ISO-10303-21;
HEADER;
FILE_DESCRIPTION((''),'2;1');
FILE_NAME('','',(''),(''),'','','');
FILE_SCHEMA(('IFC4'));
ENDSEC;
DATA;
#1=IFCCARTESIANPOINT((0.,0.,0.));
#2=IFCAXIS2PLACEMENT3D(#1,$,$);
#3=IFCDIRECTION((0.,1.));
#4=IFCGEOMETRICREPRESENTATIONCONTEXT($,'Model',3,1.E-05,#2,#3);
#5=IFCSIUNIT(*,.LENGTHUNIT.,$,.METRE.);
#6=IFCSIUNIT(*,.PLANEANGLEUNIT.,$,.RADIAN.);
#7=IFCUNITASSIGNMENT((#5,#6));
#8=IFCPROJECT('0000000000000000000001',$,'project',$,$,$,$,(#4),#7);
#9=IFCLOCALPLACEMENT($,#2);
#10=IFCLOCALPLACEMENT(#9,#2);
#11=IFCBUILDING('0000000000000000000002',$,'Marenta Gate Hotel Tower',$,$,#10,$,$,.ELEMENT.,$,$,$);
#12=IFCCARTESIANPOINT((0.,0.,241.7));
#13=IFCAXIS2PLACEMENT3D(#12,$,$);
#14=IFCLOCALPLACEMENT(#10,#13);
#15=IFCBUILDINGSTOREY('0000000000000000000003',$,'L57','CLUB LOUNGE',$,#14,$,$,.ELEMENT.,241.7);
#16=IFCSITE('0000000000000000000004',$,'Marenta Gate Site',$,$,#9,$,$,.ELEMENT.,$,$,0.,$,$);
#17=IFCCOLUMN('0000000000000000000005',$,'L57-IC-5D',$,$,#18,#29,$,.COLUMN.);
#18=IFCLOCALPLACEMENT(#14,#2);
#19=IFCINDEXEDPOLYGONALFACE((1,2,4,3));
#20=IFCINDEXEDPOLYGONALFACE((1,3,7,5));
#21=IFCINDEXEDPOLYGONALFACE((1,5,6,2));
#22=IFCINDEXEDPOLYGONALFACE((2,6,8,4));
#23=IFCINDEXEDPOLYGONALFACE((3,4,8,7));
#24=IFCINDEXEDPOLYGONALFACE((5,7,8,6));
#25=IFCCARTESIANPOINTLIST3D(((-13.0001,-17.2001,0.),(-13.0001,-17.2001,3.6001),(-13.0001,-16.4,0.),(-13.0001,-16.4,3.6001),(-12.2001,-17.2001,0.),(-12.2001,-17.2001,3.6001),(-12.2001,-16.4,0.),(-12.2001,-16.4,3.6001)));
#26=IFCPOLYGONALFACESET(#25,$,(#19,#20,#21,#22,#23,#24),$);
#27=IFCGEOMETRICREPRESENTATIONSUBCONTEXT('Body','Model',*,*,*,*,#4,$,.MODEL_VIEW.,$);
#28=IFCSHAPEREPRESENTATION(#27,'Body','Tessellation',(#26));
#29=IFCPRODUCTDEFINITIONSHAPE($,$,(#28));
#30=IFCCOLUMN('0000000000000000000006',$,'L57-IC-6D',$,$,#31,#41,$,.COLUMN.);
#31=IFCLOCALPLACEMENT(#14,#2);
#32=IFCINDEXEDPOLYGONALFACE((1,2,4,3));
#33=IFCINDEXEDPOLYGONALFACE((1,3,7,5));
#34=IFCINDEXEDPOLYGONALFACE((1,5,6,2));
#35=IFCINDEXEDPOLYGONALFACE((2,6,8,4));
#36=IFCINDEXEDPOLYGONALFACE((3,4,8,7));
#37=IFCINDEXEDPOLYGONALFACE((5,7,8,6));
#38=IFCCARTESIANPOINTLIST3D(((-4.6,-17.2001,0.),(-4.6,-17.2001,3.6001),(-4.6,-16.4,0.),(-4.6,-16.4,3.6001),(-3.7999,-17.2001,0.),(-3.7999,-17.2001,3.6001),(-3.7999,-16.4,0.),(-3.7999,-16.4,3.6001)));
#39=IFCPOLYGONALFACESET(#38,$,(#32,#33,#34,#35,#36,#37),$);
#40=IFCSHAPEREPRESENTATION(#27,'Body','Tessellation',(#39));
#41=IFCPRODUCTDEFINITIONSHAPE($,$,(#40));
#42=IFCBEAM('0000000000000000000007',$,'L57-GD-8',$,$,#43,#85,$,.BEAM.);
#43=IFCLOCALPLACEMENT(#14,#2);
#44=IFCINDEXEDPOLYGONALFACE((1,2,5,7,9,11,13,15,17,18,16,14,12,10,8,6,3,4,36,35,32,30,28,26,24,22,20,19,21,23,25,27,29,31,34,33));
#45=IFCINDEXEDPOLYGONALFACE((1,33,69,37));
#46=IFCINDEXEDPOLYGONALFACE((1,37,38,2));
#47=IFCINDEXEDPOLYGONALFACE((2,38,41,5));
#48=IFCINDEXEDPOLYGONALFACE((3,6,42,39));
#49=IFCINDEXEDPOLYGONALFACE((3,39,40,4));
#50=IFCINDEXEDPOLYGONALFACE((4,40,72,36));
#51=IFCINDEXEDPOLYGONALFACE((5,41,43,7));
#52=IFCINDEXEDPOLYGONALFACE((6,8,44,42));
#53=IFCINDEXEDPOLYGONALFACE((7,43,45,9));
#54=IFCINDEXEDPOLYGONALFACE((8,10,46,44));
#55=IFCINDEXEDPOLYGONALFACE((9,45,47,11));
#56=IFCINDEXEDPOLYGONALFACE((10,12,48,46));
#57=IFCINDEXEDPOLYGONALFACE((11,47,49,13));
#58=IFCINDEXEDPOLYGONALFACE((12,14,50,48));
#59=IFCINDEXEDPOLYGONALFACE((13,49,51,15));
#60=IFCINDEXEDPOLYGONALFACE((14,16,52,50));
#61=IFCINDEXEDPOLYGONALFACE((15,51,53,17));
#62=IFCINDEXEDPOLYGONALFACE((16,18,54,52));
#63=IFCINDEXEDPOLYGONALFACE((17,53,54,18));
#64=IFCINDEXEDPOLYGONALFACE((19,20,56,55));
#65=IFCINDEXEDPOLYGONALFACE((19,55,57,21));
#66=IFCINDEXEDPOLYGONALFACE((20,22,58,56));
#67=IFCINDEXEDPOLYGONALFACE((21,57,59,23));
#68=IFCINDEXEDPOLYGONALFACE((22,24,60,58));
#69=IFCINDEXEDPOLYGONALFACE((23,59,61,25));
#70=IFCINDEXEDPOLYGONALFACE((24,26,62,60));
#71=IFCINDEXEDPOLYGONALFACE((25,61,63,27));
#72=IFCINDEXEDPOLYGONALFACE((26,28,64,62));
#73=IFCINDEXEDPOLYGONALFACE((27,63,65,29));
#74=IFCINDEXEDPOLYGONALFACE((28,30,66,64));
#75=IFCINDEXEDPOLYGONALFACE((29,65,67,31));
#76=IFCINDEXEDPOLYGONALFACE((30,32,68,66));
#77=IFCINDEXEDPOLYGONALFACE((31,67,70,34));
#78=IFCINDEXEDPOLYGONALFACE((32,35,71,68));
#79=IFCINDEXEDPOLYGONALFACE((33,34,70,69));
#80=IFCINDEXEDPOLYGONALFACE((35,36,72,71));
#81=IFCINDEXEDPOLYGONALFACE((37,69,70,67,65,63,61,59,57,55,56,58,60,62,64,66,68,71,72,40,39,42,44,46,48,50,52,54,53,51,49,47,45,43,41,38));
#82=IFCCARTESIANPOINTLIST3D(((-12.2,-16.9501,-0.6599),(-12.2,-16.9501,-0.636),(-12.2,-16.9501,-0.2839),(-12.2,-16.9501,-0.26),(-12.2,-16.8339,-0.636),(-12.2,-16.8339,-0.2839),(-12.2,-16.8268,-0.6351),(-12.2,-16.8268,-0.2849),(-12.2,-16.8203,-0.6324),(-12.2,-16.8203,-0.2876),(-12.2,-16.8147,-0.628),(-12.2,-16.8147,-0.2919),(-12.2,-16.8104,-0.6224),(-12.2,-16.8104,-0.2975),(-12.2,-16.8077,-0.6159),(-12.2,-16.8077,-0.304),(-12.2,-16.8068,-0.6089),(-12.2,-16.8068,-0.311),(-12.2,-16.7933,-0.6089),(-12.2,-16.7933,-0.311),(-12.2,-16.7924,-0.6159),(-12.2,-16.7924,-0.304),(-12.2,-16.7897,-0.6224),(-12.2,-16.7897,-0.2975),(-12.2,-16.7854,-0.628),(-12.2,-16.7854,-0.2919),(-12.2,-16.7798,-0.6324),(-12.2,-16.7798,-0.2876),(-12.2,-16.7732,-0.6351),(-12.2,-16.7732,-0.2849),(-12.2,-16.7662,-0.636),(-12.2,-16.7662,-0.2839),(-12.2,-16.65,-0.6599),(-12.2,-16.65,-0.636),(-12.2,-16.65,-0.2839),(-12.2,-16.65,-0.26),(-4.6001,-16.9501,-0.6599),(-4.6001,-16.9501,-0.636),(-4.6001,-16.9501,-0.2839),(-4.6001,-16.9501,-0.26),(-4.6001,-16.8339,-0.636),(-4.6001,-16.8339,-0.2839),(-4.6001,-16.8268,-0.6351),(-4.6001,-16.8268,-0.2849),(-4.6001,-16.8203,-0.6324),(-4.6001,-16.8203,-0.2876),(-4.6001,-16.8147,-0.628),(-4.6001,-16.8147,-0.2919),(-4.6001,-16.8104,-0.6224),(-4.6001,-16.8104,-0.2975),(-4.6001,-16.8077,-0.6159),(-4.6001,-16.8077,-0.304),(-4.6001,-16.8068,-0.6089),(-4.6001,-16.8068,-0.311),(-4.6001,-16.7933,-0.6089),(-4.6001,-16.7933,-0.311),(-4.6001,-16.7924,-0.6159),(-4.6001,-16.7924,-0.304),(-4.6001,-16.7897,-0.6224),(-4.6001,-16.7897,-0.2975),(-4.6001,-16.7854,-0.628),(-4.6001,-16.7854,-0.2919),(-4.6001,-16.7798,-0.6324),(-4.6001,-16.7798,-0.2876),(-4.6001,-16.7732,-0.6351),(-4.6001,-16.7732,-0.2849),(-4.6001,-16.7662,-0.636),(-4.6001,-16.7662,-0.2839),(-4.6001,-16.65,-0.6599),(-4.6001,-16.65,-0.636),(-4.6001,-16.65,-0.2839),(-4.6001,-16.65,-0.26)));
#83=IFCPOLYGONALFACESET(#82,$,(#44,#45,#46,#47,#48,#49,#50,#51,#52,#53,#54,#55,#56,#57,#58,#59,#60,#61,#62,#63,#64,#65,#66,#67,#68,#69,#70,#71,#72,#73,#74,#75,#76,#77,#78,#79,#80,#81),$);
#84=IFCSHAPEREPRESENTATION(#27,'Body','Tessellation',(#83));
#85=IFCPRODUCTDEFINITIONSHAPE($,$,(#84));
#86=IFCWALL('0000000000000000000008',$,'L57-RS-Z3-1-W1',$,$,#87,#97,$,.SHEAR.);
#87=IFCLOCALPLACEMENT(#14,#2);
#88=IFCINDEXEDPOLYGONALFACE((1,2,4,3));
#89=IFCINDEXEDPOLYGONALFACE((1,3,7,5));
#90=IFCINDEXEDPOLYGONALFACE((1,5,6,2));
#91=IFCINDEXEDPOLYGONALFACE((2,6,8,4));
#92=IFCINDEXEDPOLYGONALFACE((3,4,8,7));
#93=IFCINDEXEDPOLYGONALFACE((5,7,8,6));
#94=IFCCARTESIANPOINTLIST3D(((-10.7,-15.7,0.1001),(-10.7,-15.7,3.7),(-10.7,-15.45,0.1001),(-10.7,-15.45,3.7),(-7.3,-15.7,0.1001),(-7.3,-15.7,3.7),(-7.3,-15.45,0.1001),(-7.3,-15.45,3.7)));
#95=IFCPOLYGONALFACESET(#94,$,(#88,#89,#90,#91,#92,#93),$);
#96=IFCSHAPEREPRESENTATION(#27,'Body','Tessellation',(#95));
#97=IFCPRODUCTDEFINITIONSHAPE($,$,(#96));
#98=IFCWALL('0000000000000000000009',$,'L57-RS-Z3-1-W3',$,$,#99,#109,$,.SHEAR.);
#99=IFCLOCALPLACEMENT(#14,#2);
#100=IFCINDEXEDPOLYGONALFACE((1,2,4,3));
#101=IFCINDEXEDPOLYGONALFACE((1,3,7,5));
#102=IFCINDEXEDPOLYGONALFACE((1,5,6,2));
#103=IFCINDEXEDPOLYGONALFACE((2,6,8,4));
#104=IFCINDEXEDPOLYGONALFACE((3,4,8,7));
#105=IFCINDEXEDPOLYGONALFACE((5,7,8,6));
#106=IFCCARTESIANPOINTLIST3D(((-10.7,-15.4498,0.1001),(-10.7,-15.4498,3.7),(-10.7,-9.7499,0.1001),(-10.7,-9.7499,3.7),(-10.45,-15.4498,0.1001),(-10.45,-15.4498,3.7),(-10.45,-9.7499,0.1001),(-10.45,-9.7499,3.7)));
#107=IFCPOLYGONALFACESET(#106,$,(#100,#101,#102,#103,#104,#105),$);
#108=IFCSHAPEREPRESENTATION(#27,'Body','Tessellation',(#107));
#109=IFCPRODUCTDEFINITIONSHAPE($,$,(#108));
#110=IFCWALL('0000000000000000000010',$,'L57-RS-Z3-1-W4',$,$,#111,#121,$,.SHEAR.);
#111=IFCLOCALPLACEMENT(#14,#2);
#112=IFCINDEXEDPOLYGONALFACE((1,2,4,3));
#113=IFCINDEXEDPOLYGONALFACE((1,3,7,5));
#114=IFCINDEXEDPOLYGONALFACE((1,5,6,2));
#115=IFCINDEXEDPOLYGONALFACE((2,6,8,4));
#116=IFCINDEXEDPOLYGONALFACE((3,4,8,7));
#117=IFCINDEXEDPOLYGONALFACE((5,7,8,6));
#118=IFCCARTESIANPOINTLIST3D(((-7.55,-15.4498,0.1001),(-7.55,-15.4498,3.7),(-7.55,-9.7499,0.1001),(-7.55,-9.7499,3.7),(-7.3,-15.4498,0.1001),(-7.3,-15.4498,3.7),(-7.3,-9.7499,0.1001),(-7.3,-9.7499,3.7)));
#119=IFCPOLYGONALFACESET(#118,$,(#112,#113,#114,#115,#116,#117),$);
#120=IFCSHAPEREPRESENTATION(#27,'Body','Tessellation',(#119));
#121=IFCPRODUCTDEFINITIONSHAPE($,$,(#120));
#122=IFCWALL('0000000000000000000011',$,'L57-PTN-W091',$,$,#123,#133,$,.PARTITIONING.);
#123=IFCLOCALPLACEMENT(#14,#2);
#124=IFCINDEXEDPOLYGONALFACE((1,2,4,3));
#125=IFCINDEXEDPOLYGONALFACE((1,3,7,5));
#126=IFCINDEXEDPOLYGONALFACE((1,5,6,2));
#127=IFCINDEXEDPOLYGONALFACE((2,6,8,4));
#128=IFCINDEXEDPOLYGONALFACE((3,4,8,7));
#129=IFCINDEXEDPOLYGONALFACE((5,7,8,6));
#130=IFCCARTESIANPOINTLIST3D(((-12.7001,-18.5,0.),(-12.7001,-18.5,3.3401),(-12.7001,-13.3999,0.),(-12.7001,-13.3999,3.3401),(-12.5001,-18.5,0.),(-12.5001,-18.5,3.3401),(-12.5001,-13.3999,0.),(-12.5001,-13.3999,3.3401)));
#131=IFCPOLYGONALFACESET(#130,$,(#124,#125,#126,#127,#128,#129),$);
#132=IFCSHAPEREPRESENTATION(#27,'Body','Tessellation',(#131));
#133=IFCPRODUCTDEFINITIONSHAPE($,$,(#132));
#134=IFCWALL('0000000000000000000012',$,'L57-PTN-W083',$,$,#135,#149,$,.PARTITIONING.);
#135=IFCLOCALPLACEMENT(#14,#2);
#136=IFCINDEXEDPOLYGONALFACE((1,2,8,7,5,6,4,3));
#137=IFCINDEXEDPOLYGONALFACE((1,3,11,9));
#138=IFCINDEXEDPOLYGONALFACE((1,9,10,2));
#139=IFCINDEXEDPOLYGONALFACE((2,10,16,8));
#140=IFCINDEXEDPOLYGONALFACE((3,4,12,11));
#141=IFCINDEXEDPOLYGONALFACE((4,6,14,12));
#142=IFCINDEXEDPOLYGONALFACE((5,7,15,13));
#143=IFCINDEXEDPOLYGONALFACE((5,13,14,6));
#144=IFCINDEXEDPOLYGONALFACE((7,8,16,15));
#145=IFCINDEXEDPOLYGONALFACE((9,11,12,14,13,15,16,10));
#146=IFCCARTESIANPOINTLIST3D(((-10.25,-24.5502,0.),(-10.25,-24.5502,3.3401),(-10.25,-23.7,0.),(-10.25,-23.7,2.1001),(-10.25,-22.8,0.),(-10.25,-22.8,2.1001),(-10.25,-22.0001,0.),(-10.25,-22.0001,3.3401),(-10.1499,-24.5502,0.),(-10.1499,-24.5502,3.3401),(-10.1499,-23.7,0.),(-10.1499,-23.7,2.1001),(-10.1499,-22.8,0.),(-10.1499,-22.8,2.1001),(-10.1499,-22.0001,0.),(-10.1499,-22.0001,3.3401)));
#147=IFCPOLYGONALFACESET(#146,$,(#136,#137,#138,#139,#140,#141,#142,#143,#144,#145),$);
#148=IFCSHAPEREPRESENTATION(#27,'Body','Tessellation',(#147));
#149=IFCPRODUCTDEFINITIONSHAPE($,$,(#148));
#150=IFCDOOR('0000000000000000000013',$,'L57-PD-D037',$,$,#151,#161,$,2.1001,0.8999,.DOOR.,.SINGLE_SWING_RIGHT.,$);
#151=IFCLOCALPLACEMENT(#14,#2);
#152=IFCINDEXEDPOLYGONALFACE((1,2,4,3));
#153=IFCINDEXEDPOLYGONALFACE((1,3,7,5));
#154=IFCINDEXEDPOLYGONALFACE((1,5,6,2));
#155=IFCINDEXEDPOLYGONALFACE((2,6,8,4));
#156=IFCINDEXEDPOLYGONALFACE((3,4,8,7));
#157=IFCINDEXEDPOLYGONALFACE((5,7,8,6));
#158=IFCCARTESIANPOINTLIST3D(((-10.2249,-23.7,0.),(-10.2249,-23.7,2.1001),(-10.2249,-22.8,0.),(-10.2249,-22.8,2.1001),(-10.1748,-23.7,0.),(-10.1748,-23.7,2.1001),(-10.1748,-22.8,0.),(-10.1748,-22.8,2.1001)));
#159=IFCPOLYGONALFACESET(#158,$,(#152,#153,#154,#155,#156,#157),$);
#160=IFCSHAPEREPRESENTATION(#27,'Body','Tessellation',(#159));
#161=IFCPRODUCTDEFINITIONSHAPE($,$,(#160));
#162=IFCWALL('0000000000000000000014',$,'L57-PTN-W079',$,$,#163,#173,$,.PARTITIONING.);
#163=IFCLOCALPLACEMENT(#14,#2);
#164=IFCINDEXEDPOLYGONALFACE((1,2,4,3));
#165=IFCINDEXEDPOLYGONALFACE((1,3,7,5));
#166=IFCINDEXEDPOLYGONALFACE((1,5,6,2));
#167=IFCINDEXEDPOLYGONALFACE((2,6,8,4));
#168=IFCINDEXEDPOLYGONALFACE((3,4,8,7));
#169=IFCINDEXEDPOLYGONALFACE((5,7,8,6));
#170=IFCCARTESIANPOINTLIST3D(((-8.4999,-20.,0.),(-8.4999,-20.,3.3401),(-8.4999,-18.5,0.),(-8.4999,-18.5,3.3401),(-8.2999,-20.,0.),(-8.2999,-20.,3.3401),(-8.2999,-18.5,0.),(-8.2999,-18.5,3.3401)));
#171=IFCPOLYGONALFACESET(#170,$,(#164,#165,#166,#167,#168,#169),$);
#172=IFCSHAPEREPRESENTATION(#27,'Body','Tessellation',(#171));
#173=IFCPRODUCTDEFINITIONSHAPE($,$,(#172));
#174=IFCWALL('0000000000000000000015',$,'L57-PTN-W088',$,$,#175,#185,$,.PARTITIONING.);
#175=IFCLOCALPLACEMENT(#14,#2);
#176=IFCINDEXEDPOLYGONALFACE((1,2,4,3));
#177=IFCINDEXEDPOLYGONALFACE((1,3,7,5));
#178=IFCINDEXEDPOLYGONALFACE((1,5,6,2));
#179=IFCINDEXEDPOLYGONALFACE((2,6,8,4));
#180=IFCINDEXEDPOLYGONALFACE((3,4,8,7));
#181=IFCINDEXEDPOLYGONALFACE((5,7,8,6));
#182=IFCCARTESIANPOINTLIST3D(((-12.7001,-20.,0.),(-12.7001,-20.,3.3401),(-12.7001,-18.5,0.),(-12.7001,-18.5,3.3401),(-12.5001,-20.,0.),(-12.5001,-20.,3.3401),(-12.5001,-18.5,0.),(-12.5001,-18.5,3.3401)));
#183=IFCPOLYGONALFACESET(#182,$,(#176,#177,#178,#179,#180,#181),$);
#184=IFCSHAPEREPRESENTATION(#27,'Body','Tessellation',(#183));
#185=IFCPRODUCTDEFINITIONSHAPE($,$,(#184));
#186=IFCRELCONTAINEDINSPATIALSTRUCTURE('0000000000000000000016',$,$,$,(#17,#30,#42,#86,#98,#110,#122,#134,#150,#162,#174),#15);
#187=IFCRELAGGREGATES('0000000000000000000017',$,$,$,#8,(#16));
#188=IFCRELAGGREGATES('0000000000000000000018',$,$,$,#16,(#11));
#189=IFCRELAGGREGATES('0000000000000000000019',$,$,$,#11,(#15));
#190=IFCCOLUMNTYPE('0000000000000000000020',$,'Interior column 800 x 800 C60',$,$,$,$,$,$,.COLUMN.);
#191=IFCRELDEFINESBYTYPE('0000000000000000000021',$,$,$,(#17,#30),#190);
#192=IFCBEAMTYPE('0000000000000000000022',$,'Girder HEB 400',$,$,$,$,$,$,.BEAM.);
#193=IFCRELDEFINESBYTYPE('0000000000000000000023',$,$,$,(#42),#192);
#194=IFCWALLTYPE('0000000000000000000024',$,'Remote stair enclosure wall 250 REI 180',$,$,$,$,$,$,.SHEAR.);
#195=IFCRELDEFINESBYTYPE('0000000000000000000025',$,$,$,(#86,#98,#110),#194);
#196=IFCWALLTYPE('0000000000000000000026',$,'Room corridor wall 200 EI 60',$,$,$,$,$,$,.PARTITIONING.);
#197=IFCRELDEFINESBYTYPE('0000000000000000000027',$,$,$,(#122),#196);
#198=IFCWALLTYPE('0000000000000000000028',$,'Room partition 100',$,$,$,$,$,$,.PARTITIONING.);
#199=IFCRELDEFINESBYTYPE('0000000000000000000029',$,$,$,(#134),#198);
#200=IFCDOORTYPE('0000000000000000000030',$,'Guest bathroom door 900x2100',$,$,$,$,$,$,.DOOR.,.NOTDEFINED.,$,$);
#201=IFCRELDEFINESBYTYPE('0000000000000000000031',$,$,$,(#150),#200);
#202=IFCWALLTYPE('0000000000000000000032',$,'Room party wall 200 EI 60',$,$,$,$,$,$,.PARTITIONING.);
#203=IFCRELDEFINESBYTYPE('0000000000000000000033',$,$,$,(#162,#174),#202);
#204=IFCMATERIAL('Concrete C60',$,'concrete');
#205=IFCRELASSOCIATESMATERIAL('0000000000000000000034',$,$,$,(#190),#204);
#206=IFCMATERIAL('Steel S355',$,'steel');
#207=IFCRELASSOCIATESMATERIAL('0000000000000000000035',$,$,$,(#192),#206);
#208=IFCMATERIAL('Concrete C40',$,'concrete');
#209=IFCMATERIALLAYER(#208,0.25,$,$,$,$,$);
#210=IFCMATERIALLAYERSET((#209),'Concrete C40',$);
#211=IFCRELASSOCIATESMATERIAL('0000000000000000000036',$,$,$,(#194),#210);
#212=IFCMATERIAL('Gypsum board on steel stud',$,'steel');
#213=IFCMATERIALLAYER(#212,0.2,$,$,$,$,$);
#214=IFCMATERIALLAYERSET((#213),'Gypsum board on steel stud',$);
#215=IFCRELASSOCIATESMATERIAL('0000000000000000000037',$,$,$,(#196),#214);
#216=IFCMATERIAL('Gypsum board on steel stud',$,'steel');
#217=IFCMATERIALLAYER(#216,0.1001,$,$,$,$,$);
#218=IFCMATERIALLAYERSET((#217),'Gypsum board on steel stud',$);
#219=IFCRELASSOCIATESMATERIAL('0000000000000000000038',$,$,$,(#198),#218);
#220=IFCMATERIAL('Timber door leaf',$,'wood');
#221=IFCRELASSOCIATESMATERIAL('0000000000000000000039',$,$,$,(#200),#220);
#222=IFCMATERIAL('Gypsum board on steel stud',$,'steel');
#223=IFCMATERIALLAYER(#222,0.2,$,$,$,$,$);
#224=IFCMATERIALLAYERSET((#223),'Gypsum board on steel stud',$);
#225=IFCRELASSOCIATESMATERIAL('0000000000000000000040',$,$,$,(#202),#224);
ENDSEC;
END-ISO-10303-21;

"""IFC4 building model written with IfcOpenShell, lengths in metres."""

from ifc_helpers import new_model, si_unit, direction, frame, frame_2d, origin, origin_2d, place, context, subcontext, project, spatial, rectangle, i_section, extrude, material, layer, layer_set, material_profile, profile_set, type_object, element, fill, save


model = new_model("IFC4")

# Units and contexts
model_context = context("Model", 3, precision=1e-05, world=origin(), true_north=direction((0.0, 1.0)))
body_context = subcontext(model_context, "Body", "Model", "MODEL_VIEW")
ifc_project = project(units=[si_unit("LENGTHUNIT", "METRE"), si_unit("PLANEANGLEUNIT", "RADIAN")], contexts=[model_context])

# Site, building, storey
site_placement = place(None, origin())
site = spatial("IfcSite", under=ifc_project, at=site_placement, Name="Marenta Gate Site", CompositionType="ELEMENT", RefElevation=0.0)
building_placement = place(site_placement, origin())
building = spatial("IfcBuilding", under=site, at=building_placement, Name="Marenta Gate Hotel Tower", CompositionType="ELEMENT")
storey_placement = place(building_placement, frame((0.0, 0.0, 241.7)))
storey = spatial("IfcBuildingStorey", under=building, at=storey_placement, Name="L57", Description="CLUB LOUNGE", CompositionType="ELEMENT", Elevation=241.7)

# Columns
ifc_material_1 = material(Name="Concrete C60", Category="concrete")
ifc_material_profile_1 = material_profile(ifc_material_1, rectangle(XDim=0.8, YDim=0.8, at=origin_2d()), Name="800 x 800")
ifc_profile_set_1 = profile_set([ifc_material_profile_1], Name="Concrete C60")
column_type = type_object("IfcColumnType", Name="Interior column 800 x 800 C60", PredefinedType="COLUMN", material=ifc_profile_set_1)
for number, where, z_axis, x_axis, name in (
    (1, (-12.6001, -16.8, 0.0), (0.0, 0.0, 1.0), (1.0, 0.0, 0.0), "L57-IC-5D"),
    (2, (-4.2, -16.8, 0.0), (0.0, 0.0, 1.0), (1.0, 0.0, 0.0), "L57-IC-6D"),
):
    element("IfcColumn", number, at=place(storey_placement, frame(where, z_axis=z_axis, x_axis=x_axis)), inside=storey, type_object=column_type, Name=name, PredefinedType="COLUMN", context=body_context, shape_type="SweptSolid", body=[
        extrude(rectangle(XDim=0.8, YDim=0.8, at=origin_2d()), origin(), (0.0, 0.0, 1.0), 3.6001),
    ])

# Beam
ifc_material_2 = material(Name="Steel S355", Category="steel")
ifc_material_profile_2 = material_profile(ifc_material_2, i_section(OverallWidth=0.3, OverallDepth=0.3999, WebThickness=0.0134, FlangeThickness=0.0239, FilletRadius=0.0271, at=origin_2d()), Name="HEB 400")
ifc_profile_set_2 = profile_set([ifc_material_profile_2], Name="Steel S355")
beam_type = type_object("IfcBeamType", Name="Girder HEB 400", PredefinedType="BEAM", material=ifc_profile_set_2)
beam_placement = place(storey_placement, frame((-12.2, -16.8, -0.46), z_axis=(1.0, 0.0, 0.0), x_axis=(0.0, 1.0, 0.0)))
element("IfcBeam", 3, at=beam_placement, inside=storey, type_object=beam_type, Name="L57-GD-8", PredefinedType="BEAM", context=body_context, shape_type="SweptSolid", body=[
    extrude(i_section(OverallWidth=0.3, OverallDepth=0.3999, WebThickness=0.0134, FlangeThickness=0.0239, FilletRadius=0.0271, at=origin_2d()), origin(), (0.0, 0.0, 1.0), 7.5999),
])

# Walls
ifc_material_3 = material(Name="Concrete C40", Category="concrete")
ifc_layer_1 = layer(ifc_material_3, 0.25)
ifc_layer_set_1 = layer_set([ifc_layer_1], Name="Concrete C40")
wall_type_1 = type_object("IfcWallType", Name="Remote stair enclosure wall 250 REI 180", PredefinedType="SHEAR", material=ifc_layer_set_1)
wall_1_placement = place(storey_placement, frame((-10.7, -15.575, 0.1001), z_axis=(0.0, 0.0, 1.0), x_axis=(1.0, 0.0, 0.0)))
element("IfcWall", 4, at=wall_1_placement, inside=storey, type_object=wall_type_1, Name="L57-RS-Z3-1-W1", PredefinedType="SHEAR", context=body_context, shape_type="SweptSolid", body=[
    extrude(rectangle(XDim=3.3999, YDim=0.25, at=frame_2d((1.7, 0.0))), origin(), (0.0, 0.0, 1.0), 3.5999),
])
for number, where, z_axis, x_axis, name in (
    (5, (-10.575, -15.45, 0.1001), (0.0, 0.0, 1.0), (0.0, 1.0, 0.0), "L57-RS-Z3-1-W3"),
    (6, (-7.425, -15.45, 0.1001), (0.0, 0.0, 1.0), (0.0, 1.0, 0.0), "L57-RS-Z3-1-W4"),
):
    element("IfcWall", number, at=place(storey_placement, frame(where, z_axis=z_axis, x_axis=x_axis)), inside=storey, type_object=wall_type_1, Name=name, PredefinedType="SHEAR", context=body_context, shape_type="SweptSolid", body=[
        extrude(rectangle(XDim=5.7, YDim=0.25, at=frame_2d((2.8501, 0.0))), origin(), (0.0, 0.0, 1.0), 3.5999),
    ])

# Shared definitions
ifc_material_4 = material(Name="Gypsum board on steel stud", Category="steel")
ifc_layer_2 = layer(ifc_material_4, 0.2)
ifc_layer_set_2 = layer_set([ifc_layer_2], Name="Gypsum board on steel stud")
wall_type_2 = type_object("IfcWallType", Name="Room corridor wall 200 EI 60", PredefinedType="PARTITIONING", material=ifc_layer_set_2)

# Wall
wall_2_placement = place(storey_placement, frame((-12.6001, -18.5, 0.0), z_axis=(0.0, 0.0, 1.0), x_axis=(0.0, 1.0, 0.0)))
element("IfcWall", 7, at=wall_2_placement, inside=storey, type_object=wall_type_2, Name="L57-PTN-W091", PredefinedType="PARTITIONING", context=body_context, shape_type="SweptSolid", body=[
    extrude(rectangle(XDim=5.1001, YDim=0.2, at=frame_2d((2.55, 0.0))), origin(), (0.0, 0.0, 1.0), 3.3401),
])

# Wall, opening, door
ifc_material_5 = material(Name="Gypsum board on steel stud", Category="steel")
ifc_layer_3 = layer(ifc_material_5, 0.1001)
ifc_layer_set_3 = layer_set([ifc_layer_3], Name="Gypsum board on steel stud")
wall_type_3 = type_object("IfcWallType", Name="Room partition 100", PredefinedType="PARTITIONING", material=ifc_layer_set_3)
wall_3_placement = place(storey_placement, frame((-10.2, -24.55, 0.0), z_axis=(0.0, 0.0, 1.0), x_axis=(0.0, 1.0, 0.0)))
wall_3 = element("IfcWall", 8, at=wall_3_placement, inside=storey, type_object=wall_type_3, Name="L57-PTN-W083", PredefinedType="PARTITIONING", context=body_context, shape_type="SweptSolid", body=[
    extrude(rectangle(XDim=2.55, YDim=0.1001, at=frame_2d((1.2749, 0.0))), origin(), (0.0, 0.0, 1.0), 3.3401),
])
opening_1_placement = place(wall_3_placement, frame((0.8501, 0.0, 0.0)))
opening_1 = element("IfcOpeningElement", 9, at=opening_1_placement, cuts=wall_3, PredefinedType="OPENING", context=body_context, shape_type="SweptSolid", body=[
    extrude(rectangle(XDim=0.8999, YDim=2.1001, at=frame_2d((0.45, 1.05))), frame((0.0, 0.05, 0.0), z_axis=(0.0, -1.0, 0.0), x_axis=(1.0, 0.0, 0.0)), (0.0, 0.0, 1.0), 0.1001),
])
ifc_material_6 = material(Name="Timber door leaf", Category="wood")
door_type_1 = type_object("IfcDoorType", Name="Guest bathroom door 900x2100", OperationType="NOTDEFINED", PredefinedType="DOOR", material=ifc_material_6)
door_1_placement = place(opening_1_placement, origin())
door_1 = element("IfcDoor", 10, at=door_1_placement, inside=storey, type_object=door_type_1, Name="L57-PD-D037", OperationType="SINGLE_SWING_RIGHT", OverallHeight=2.1001, OverallWidth=0.8999, PredefinedType="DOOR", context=body_context, shape_type="SweptSolid", body=[
    extrude(rectangle(XDim=0.8999, YDim=2.1001, at=frame_2d((0.45, 1.05))), frame((0.0, 0.0249, 0.0), z_axis=(0.0, -1.0, 0.0), x_axis=(1.0, 0.0, 0.0)), (0.0, 0.0, 1.0), 0.05),
])
fill(opening_1, door_1)

# Walls
ifc_material_7 = material(Name="Gypsum board on steel stud", Category="steel")
ifc_layer_4 = layer(ifc_material_7, 0.2)
ifc_layer_set_4 = layer_set([ifc_layer_4], Name="Gypsum board on steel stud")
wall_type_4 = type_object("IfcWallType", Name="Room party wall 200 EI 60", PredefinedType="PARTITIONING", material=ifc_layer_set_4)
for number, where, z_axis, x_axis, name in (
    (11, (-8.3999, -20.0, 0.0), (0.0, 0.0, 1.0), (0.0, 1.0, 0.0), "L57-PTN-W079"),
    (12, (-12.6001, -20.0, 0.0), (0.0, 0.0, 1.0), (0.0, 1.0, 0.0), "L57-PTN-W088"),
):
    element("IfcWall", number, at=place(storey_placement, frame(where, z_axis=z_axis, x_axis=x_axis)), inside=storey, type_object=wall_type_4, Name=name, PredefinedType="PARTITIONING", context=body_context, shape_type="SweptSolid", body=[
        extrude(rectangle(XDim=1.5, YDim=0.2, at=frame_2d((0.75, 0.0))), origin(), (0.0, 0.0, 1.0), 3.3401),
    ])

save(model, "model.ifc")
